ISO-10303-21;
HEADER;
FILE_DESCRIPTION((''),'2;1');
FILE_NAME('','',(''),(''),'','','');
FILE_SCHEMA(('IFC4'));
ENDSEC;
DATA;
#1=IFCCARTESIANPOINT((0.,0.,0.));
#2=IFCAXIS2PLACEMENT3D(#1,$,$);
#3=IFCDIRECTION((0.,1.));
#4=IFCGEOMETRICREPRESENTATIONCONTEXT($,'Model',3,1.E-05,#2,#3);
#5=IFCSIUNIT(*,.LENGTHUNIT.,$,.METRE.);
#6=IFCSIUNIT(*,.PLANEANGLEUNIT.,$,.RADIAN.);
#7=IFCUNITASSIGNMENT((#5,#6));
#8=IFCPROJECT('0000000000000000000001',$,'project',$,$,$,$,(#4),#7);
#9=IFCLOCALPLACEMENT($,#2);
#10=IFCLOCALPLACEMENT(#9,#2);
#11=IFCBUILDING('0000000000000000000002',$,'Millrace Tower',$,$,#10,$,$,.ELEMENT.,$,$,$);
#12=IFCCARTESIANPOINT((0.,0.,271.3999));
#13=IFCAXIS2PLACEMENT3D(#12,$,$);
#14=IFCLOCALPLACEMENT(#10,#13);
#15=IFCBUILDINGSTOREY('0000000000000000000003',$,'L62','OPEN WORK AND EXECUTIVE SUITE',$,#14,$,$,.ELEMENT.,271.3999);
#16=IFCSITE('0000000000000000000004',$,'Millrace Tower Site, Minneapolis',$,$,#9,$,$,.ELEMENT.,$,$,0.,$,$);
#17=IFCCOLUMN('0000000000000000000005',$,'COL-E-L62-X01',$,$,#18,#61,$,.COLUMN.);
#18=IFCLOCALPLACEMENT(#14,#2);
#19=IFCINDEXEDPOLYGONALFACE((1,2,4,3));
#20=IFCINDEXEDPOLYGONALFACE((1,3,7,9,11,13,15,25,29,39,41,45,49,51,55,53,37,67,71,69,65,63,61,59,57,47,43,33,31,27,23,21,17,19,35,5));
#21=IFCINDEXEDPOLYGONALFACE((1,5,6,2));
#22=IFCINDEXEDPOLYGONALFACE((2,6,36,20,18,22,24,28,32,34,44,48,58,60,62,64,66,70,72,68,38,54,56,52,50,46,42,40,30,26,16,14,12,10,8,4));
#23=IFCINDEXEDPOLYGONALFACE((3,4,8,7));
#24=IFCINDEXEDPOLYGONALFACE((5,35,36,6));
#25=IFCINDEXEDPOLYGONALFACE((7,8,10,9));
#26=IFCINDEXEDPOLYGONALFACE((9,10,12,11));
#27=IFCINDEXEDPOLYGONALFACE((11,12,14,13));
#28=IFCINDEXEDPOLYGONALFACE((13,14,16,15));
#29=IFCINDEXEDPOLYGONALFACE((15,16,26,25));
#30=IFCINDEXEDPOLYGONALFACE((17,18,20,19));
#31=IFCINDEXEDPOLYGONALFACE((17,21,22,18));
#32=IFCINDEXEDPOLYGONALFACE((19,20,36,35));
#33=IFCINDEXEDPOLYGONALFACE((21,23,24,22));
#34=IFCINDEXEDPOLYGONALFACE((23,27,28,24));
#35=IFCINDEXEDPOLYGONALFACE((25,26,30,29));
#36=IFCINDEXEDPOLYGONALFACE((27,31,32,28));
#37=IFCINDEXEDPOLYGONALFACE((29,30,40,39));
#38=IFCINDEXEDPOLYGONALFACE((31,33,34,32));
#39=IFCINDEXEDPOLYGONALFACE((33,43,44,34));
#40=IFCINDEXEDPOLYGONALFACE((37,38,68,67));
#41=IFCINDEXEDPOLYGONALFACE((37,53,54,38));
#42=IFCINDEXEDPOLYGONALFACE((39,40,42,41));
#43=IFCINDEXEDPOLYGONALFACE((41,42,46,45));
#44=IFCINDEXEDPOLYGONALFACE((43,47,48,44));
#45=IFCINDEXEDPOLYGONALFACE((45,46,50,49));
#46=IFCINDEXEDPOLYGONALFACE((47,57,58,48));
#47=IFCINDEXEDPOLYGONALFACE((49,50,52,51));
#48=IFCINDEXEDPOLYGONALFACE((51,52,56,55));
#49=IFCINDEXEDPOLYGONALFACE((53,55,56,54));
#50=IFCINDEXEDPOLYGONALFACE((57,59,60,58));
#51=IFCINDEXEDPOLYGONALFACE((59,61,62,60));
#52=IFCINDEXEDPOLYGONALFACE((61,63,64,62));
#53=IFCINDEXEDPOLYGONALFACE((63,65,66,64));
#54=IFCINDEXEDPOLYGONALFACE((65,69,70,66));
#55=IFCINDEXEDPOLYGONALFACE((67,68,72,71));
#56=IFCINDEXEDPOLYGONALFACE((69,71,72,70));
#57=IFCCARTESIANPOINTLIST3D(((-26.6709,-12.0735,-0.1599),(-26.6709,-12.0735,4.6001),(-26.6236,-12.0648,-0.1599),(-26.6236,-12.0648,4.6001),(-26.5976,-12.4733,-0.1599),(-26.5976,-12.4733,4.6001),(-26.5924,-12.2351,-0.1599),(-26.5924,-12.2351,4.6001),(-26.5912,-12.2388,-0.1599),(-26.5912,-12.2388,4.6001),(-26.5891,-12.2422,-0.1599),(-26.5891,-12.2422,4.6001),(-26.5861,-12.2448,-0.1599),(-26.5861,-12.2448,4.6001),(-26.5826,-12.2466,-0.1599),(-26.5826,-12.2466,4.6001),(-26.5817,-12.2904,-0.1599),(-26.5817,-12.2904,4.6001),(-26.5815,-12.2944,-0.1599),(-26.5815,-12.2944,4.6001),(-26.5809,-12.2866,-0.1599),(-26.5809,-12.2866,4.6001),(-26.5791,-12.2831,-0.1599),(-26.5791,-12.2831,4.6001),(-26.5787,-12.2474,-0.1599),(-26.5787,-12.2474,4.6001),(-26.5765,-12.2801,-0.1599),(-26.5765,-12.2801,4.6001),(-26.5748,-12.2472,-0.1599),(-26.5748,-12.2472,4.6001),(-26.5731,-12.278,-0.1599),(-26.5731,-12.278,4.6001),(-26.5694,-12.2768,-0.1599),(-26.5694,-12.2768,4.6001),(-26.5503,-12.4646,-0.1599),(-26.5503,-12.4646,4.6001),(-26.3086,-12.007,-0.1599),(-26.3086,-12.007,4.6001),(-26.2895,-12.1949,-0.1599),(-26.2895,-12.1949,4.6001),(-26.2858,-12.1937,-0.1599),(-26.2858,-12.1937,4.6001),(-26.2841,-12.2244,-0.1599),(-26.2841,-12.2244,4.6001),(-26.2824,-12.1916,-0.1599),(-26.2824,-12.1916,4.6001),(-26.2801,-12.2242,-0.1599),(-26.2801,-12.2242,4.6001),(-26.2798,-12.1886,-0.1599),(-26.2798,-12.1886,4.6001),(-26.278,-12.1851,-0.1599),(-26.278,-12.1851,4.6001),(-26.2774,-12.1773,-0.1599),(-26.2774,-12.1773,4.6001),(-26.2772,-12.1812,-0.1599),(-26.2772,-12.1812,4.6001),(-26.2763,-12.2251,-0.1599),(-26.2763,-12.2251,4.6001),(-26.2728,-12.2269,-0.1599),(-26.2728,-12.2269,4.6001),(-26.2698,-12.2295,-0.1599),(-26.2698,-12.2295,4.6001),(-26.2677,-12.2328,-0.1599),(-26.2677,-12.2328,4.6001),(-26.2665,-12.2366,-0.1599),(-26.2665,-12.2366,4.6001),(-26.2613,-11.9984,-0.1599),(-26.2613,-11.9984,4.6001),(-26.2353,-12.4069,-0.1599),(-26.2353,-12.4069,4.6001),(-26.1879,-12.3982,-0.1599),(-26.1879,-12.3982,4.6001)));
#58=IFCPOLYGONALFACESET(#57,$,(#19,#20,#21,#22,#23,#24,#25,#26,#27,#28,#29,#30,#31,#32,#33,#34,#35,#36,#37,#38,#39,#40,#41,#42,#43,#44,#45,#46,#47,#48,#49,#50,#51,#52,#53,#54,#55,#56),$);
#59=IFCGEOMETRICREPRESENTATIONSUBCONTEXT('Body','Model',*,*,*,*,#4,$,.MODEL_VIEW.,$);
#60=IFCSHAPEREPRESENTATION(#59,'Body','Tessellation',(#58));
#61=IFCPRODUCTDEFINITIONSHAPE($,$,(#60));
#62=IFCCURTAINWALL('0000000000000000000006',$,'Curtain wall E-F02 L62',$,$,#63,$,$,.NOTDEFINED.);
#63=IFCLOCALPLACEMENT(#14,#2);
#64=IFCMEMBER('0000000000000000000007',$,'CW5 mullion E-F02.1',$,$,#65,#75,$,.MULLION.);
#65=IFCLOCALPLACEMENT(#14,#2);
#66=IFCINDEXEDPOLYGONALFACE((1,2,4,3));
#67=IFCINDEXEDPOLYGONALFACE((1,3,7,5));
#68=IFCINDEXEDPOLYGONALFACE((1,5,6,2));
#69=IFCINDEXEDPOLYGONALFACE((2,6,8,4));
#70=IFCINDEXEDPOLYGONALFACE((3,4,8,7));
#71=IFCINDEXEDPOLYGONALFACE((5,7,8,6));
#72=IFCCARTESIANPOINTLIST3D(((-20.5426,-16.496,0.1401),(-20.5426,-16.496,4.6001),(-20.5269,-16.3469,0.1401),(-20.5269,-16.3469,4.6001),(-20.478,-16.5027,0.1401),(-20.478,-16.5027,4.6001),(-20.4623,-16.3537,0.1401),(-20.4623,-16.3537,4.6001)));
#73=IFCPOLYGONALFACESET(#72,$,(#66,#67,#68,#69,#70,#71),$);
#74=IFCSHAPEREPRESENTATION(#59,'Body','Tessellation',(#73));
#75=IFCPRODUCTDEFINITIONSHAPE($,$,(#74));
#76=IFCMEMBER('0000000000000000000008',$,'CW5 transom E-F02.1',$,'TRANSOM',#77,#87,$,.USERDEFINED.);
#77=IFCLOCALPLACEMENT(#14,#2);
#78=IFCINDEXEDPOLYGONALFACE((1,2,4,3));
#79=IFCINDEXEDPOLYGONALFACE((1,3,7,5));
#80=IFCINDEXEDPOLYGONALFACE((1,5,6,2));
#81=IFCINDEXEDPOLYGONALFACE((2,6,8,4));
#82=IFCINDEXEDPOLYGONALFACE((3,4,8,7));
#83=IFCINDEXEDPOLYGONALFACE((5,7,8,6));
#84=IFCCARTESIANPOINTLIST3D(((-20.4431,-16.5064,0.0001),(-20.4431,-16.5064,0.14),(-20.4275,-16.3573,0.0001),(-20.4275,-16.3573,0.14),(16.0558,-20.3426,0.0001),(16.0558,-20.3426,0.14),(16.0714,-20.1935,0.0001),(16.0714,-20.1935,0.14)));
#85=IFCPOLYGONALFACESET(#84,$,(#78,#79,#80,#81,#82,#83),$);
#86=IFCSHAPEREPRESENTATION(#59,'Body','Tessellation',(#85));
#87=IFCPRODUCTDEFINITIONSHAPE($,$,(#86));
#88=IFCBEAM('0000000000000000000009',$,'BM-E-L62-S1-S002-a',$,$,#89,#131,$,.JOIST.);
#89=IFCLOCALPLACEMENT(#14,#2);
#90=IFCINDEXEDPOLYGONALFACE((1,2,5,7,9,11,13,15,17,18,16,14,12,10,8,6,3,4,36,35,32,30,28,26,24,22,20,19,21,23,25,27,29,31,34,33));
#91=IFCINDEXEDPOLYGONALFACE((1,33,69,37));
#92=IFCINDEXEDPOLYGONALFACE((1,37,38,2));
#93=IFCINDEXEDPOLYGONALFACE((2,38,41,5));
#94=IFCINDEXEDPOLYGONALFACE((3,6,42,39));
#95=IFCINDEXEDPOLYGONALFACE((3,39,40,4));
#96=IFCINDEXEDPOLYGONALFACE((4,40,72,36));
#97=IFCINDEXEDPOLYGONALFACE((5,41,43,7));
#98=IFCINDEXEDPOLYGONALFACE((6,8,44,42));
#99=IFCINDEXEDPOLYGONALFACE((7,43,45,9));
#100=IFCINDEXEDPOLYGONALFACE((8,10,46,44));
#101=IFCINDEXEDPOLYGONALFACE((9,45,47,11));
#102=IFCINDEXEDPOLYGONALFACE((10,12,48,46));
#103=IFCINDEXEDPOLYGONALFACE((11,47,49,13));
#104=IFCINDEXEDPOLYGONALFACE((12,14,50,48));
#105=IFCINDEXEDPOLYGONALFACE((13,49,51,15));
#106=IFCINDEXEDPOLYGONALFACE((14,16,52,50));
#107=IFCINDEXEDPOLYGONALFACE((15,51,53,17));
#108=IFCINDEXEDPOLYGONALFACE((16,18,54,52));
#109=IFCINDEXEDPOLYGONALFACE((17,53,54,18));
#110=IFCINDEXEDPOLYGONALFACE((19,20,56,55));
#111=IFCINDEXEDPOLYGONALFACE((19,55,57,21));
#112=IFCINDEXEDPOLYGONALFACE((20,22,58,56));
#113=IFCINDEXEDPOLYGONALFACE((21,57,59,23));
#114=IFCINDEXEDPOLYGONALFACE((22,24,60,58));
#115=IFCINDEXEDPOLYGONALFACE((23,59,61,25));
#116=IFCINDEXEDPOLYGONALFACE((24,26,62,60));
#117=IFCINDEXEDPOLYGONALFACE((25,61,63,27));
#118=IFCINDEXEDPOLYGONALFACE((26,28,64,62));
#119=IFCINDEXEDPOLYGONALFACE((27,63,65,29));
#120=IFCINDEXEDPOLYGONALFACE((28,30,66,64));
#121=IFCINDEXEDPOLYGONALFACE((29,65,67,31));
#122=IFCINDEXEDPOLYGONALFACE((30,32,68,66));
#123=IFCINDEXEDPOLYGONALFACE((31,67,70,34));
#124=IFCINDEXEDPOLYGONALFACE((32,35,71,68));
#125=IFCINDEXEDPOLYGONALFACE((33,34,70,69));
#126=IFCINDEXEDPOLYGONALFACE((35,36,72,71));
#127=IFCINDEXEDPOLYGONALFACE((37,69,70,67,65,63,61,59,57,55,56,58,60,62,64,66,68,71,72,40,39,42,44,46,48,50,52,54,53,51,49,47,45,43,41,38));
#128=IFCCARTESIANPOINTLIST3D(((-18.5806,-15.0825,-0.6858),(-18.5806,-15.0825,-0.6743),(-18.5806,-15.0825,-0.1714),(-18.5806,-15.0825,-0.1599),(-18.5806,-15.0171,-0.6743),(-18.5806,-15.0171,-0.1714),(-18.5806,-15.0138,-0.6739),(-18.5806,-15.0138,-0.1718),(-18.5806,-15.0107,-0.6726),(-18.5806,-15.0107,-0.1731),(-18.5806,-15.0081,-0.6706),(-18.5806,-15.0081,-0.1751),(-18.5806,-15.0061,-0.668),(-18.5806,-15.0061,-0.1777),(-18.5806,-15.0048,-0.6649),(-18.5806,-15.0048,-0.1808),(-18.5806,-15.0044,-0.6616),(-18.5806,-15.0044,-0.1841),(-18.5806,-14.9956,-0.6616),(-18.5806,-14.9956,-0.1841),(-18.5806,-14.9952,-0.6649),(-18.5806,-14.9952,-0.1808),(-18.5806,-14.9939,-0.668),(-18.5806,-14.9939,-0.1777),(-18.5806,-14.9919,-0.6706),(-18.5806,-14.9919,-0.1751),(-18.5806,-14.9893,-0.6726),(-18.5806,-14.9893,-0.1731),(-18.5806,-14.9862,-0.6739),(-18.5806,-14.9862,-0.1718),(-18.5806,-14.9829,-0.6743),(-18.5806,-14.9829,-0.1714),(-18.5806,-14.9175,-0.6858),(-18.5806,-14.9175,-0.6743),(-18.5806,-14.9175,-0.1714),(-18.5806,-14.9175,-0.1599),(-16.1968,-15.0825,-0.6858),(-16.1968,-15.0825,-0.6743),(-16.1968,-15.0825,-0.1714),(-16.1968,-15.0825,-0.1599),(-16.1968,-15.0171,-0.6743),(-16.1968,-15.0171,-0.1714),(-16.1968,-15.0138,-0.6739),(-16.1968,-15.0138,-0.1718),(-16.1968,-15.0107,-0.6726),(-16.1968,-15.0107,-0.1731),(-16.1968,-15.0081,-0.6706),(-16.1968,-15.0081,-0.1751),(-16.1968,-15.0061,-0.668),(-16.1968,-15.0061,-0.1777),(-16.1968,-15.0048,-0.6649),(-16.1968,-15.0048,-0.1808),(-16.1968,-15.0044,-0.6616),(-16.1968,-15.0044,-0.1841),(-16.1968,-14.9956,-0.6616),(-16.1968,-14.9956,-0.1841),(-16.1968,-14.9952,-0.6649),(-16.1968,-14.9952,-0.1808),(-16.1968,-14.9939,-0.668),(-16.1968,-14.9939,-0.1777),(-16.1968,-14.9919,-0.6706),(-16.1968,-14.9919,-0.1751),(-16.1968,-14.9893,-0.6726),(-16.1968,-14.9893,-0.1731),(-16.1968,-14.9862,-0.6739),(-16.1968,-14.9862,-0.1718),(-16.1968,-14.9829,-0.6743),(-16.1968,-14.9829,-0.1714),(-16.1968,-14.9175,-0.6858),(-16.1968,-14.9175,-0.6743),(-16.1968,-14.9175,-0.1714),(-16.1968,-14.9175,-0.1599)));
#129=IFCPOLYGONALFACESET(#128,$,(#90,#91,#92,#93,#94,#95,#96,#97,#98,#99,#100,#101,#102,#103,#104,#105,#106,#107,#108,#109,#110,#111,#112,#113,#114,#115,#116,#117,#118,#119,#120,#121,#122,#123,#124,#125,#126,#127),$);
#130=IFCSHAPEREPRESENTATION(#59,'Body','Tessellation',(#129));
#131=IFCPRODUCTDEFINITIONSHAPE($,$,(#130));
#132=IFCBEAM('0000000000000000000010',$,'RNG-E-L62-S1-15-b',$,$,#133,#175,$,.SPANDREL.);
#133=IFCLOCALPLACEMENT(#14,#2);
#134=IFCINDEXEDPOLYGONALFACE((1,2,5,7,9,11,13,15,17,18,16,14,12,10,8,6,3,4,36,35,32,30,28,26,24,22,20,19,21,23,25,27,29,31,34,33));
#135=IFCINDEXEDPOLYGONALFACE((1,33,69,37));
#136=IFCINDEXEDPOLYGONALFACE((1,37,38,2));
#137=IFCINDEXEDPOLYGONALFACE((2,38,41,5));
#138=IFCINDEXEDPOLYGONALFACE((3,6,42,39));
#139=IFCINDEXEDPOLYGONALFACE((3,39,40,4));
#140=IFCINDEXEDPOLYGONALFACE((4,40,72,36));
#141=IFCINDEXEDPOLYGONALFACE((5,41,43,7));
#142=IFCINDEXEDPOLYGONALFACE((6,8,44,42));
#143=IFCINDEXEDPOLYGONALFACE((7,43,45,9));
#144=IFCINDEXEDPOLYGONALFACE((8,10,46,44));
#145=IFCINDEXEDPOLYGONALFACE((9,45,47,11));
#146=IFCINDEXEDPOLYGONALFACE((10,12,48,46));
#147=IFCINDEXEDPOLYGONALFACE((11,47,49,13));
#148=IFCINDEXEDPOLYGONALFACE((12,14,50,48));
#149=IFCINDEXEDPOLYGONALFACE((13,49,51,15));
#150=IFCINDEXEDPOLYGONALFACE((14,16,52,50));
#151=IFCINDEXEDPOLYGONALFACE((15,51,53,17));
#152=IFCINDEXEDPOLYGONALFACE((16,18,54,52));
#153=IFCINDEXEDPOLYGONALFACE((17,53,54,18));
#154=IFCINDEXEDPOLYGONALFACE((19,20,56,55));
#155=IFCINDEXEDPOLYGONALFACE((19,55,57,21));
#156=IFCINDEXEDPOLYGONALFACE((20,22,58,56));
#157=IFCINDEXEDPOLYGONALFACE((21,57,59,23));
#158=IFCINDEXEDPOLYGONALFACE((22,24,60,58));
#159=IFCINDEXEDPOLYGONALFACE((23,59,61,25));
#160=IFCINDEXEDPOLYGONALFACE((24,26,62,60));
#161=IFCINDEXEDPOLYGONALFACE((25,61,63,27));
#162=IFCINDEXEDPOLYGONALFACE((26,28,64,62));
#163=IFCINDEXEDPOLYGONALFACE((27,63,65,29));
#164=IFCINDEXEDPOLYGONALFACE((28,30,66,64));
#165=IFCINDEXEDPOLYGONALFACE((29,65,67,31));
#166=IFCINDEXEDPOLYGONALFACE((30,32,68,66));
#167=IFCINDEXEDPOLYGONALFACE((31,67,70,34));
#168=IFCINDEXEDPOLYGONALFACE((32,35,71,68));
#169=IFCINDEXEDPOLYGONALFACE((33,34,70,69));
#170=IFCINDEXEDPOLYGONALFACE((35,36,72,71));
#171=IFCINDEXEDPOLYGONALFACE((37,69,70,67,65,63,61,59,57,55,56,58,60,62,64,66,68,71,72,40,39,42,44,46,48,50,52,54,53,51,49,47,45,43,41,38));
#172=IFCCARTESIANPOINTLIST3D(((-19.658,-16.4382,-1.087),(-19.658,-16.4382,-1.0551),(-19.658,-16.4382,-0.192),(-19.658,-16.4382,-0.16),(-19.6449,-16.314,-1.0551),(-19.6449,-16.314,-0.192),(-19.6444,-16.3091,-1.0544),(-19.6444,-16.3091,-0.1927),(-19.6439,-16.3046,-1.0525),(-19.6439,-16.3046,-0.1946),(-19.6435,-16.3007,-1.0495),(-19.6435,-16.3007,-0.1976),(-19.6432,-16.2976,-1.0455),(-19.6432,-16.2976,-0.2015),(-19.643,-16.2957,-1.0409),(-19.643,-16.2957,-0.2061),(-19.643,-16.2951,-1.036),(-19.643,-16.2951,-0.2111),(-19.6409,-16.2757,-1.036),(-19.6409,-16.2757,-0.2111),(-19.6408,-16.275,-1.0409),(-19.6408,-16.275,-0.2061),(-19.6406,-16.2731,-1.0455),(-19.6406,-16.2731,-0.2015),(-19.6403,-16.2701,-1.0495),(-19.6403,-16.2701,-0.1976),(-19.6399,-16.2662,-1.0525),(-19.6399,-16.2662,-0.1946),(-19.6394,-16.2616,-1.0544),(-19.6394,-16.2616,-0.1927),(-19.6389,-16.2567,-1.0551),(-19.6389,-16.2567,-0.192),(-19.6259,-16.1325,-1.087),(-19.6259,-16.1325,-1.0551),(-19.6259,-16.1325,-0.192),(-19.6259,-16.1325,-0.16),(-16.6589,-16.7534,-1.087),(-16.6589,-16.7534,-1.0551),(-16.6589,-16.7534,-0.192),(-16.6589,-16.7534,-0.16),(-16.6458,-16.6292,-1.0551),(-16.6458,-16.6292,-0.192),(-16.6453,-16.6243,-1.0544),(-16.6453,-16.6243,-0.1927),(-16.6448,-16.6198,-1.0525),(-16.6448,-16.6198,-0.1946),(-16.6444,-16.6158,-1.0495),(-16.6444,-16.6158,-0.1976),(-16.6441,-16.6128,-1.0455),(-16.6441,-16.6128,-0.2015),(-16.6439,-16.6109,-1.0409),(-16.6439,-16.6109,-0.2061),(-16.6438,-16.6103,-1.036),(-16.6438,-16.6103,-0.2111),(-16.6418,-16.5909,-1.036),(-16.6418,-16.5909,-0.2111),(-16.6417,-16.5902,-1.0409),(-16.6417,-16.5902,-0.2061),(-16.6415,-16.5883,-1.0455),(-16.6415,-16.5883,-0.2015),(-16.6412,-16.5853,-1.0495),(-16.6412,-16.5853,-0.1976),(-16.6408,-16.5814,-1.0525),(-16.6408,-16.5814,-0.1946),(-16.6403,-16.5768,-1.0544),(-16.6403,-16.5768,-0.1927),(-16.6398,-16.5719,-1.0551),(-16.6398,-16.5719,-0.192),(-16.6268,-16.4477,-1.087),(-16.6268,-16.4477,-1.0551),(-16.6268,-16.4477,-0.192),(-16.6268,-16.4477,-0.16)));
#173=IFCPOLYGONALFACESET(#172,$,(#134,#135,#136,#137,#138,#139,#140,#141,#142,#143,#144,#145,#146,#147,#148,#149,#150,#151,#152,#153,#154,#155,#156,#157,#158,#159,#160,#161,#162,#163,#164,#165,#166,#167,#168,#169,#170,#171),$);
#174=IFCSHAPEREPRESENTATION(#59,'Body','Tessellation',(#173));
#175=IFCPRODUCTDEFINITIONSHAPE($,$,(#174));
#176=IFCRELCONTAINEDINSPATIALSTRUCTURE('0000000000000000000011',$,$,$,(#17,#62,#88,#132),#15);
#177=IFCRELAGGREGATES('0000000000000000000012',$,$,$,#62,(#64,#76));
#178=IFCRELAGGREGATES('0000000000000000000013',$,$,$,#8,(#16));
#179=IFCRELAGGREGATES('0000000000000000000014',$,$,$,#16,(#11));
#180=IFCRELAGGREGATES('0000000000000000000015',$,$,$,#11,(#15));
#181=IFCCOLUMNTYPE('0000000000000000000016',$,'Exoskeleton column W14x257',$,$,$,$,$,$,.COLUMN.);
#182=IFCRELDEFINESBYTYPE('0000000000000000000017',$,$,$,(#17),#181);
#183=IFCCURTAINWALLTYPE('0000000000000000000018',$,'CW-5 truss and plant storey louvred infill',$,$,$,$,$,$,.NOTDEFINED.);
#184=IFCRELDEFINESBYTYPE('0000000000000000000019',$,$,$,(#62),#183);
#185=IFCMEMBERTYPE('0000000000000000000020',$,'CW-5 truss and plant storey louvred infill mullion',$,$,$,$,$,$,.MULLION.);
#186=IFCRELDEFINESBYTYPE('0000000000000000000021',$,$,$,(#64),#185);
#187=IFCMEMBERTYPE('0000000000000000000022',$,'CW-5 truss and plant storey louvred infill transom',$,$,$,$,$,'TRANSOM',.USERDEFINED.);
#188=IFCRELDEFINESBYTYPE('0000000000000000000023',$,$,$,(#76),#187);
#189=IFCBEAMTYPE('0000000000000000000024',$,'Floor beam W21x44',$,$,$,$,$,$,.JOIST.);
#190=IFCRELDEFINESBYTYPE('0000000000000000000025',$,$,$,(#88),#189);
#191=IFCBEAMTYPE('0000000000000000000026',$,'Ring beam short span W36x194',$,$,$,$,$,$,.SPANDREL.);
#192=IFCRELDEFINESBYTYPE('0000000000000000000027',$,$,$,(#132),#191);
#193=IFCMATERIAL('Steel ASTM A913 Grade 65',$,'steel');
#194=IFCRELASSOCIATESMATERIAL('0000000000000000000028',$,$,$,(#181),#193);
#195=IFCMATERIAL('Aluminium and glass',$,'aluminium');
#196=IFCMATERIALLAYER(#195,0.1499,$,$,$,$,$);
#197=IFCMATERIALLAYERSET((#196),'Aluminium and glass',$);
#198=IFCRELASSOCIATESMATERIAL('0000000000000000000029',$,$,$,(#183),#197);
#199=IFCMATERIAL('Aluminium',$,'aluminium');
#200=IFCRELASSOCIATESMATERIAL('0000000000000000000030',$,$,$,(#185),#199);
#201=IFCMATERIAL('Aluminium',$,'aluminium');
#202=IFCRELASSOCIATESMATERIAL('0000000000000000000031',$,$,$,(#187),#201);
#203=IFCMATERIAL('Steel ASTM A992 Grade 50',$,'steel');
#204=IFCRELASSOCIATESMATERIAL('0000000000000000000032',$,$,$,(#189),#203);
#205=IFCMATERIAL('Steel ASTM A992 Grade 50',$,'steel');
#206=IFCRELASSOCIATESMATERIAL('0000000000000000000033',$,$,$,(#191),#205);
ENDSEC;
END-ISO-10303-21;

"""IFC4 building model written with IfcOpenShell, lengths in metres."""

from ifc_helpers import new_model, si_unit, direction, frame, origin, origin_2d, place, context, subcontext, project, spatial, rectangle, i_section, extrude, material, layer, layer_set, material_profile, profile_set, type_object, element, aggregate, save


model = new_model("IFC4")

# Units and contexts
model_context = context("Model", 3, precision=1e-05, world=origin(), true_north=direction((0.0, 1.0)))
body_context = subcontext(model_context, "Body", "Model", "MODEL_VIEW")
ifc_project = project(units=[si_unit("LENGTHUNIT", "METRE"), si_unit("PLANEANGLEUNIT", "RADIAN")], contexts=[model_context])

# Site, building, storey
site_placement = place(None, origin())
site = spatial("IfcSite", under=ifc_project, at=site_placement, Name="Millrace Tower Site, Minneapolis", CompositionType="ELEMENT", RefElevation=0.0)
building_placement = place(site_placement, origin())
building = spatial("IfcBuilding", under=site, at=building_placement, Name="Millrace Tower", CompositionType="ELEMENT")
storey_placement = place(building_placement, frame((0.0, 0.0, 271.3999)))
storey = spatial("IfcBuildingStorey", under=building, at=storey_placement, Name="L62", Description="OPEN WORK AND EXECUTIVE SUITE", CompositionType="ELEMENT", Elevation=271.3999)

# Column
ifc_material_1 = material(Name="Steel ASTM A913 Grade 65", Category="steel")
ifc_material_profile_1 = material_profile(ifc_material_1, i_section(OverallWidth=0.4065, OverallDepth=0.4165, WebThickness=0.03, FlangeThickness=0.0481, FilletRadius=0.0151, at=origin_2d()))
ifc_profile_set_1 = profile_set([ifc_material_profile_1], Name="Steel ASTM A913 Grade 65")
column_type = type_object("IfcColumnType", Name="Exoskeleton column W14x257", PredefinedType="COLUMN", material=ifc_profile_set_1)
column_placement = place(storey_placement, frame((-26.4294, -12.2358, -0.1599), z_axis=(0.0, 0.0, 1.0), x_axis=(0.180387, -0.983596, 0.0)))
element("IfcColumn", 1, at=column_placement, inside=storey, type_object=column_type, Name="COL-E-L62-X01", PredefinedType="COLUMN", context=body_context, shape_type="SweptSolid", body=[
    extrude(i_section(OverallWidth=0.4065, OverallDepth=0.4165, WebThickness=0.03, FlangeThickness=0.0481, FilletRadius=0.0151, at=origin_2d()), origin(), (0.0, 0.0, 1.0), 4.76),
])

# Curtain wall, members
ifc_material_2 = material(Name="Aluminium and glass", Category="aluminium")
ifc_layer_1 = layer(ifc_material_2, 0.1499)
ifc_layer_set_1 = layer_set([ifc_layer_1], Name="Aluminium and glass")
curtain_wall_type = type_object("IfcCurtainWallType", Name="CW-5 truss and plant storey louvred infill", PredefinedType="NOTDEFINED", material=ifc_layer_set_1)
curtain_wall_placement = place(storey_placement, origin())
curtain_wall = element("IfcCurtainWall", 2, at=curtain_wall_placement, inside=storey, type_object=curtain_wall_type, Name="Curtain wall E-F02 L62", PredefinedType="NOTDEFINED")
ifc_material_3 = material(Name="Aluminium", Category="aluminium")
ifc_material_profile_2 = material_profile(ifc_material_3, rectangle(XDim=0.0649, YDim=0.1499, at=origin_2d()))
ifc_profile_set_2 = profile_set([ifc_material_profile_2], Name="Aluminium")
member_type_1 = type_object("IfcMemberType", Name="CW-5 truss and plant storey louvred infill mullion", PredefinedType="MULLION", material=ifc_profile_set_2)
member_1_placement = place(storey_placement, frame((-20.5024, -16.4248, 0.1401), z_axis=(0.0, 0.0, 1.0), x_axis=(0.994522, -0.104528, 0.0)))
member_1 = element("IfcMember", 3, at=member_1_placement, type_object=member_type_1, Name="CW5 mullion E-F02.1", PredefinedType="MULLION", context=body_context, shape_type="SweptSolid", body=[
    extrude(rectangle(XDim=0.0649, YDim=0.1499, at=origin_2d()), origin(), (0.0, 0.0, 1.0), 4.46),
])
ifc_material_4 = material(Name="Aluminium", Category="aluminium")
ifc_material_profile_3 = material_profile(ifc_material_4, rectangle(XDim=0.1499, YDim=0.1399, at=origin_2d()))
ifc_profile_set_3 = profile_set([ifc_material_profile_3], Name="Aluminium")
member_type_2 = type_object("IfcMemberType", Name="CW-5 truss and plant storey louvred infill transom", ElementType="TRANSOM", PredefinedType="USERDEFINED", material=ifc_profile_set_3)
member_2_placement = place(storey_placement, frame((-20.4353, -16.4319, 0.0701), z_axis=(0.994522, -0.104528, 0.0), x_axis=(0.104528, 0.994522, 0.0)))
member_2 = element("IfcMember", 4, at=member_2_placement, type_object=member_type_2, Name="CW5 transom E-F02.1", ObjectType="TRANSOM", PredefinedType="USERDEFINED", context=body_context, shape_type="SweptSolid", body=[
    extrude(rectangle(XDim=0.1499, YDim=0.1399, at=origin_2d()), origin(), (0.0, 0.0, 1.0), 36.7),
])
aggregate(curtain_wall, [member_1, member_2])

# Beams
ifc_material_5 = material(Name="Steel ASTM A992 Grade 50", Category="steel")
ifc_material_profile_4 = material_profile(ifc_material_5, i_section(OverallWidth=0.165, OverallDepth=0.5259, WebThickness=0.0088, FlangeThickness=0.0115, FilletRadius=0.0127, at=origin_2d()))
ifc_profile_set_4 = profile_set([ifc_material_profile_4], Name="Steel ASTM A992 Grade 50")
beam_type_1 = type_object("IfcBeamType", Name="Floor beam W21x44", PredefinedType="JOIST", material=ifc_profile_set_4)
beam_1_placement = place(storey_placement, frame((-18.5806, -15.0, -0.4229), z_axis=(1.0, 0.0, 0.0), x_axis=(0.0, 1.0, 0.0)))
element("IfcBeam", 5, at=beam_1_placement, inside=storey, type_object=beam_type_1, Name="BM-E-L62-S1-S002-a", PredefinedType="JOIST", context=body_context, shape_type="SweptSolid", body=[
    extrude(i_section(OverallWidth=0.165, OverallDepth=0.5259, WebThickness=0.0088, FlangeThickness=0.0115, FilletRadius=0.0127, at=origin_2d()), origin(), (0.0, 0.0, 1.0), 2.3838),
])
ifc_material_6 = material(Name="Steel ASTM A992 Grade 50", Category="steel")
ifc_material_profile_5 = material_profile(ifc_material_6, i_section(OverallWidth=0.3074, OverallDepth=0.927, WebThickness=0.0195, FlangeThickness=0.032, FilletRadius=0.019, at=origin_2d()))
ifc_profile_set_5 = profile_set([ifc_material_profile_5], Name="Steel ASTM A992 Grade 50")
beam_type_2 = type_object("IfcBeamType", Name="Ring beam short span W36x194", PredefinedType="SPANDREL", material=ifc_profile_set_5)
beam_2_placement = place(storey_placement, frame((-16.6428, -16.6006, -0.6235), z_axis=(-0.994523, 0.10452, 0.0), x_axis=(-0.10452, -0.994523, 0.0)))
element("IfcBeam", 6, at=beam_2_placement, inside=storey, type_object=beam_type_2, Name="RNG-E-L62-S1-15-b", PredefinedType="SPANDREL", context=body_context, shape_type="SweptSolid", body=[
    extrude(i_section(OverallWidth=0.3074, OverallDepth=0.927, WebThickness=0.0195, FlangeThickness=0.032, FilletRadius=0.019, at=origin_2d()), origin(), (0.0, 0.0, 1.0), 3.0156),
])

save(model, "model.ifc")
